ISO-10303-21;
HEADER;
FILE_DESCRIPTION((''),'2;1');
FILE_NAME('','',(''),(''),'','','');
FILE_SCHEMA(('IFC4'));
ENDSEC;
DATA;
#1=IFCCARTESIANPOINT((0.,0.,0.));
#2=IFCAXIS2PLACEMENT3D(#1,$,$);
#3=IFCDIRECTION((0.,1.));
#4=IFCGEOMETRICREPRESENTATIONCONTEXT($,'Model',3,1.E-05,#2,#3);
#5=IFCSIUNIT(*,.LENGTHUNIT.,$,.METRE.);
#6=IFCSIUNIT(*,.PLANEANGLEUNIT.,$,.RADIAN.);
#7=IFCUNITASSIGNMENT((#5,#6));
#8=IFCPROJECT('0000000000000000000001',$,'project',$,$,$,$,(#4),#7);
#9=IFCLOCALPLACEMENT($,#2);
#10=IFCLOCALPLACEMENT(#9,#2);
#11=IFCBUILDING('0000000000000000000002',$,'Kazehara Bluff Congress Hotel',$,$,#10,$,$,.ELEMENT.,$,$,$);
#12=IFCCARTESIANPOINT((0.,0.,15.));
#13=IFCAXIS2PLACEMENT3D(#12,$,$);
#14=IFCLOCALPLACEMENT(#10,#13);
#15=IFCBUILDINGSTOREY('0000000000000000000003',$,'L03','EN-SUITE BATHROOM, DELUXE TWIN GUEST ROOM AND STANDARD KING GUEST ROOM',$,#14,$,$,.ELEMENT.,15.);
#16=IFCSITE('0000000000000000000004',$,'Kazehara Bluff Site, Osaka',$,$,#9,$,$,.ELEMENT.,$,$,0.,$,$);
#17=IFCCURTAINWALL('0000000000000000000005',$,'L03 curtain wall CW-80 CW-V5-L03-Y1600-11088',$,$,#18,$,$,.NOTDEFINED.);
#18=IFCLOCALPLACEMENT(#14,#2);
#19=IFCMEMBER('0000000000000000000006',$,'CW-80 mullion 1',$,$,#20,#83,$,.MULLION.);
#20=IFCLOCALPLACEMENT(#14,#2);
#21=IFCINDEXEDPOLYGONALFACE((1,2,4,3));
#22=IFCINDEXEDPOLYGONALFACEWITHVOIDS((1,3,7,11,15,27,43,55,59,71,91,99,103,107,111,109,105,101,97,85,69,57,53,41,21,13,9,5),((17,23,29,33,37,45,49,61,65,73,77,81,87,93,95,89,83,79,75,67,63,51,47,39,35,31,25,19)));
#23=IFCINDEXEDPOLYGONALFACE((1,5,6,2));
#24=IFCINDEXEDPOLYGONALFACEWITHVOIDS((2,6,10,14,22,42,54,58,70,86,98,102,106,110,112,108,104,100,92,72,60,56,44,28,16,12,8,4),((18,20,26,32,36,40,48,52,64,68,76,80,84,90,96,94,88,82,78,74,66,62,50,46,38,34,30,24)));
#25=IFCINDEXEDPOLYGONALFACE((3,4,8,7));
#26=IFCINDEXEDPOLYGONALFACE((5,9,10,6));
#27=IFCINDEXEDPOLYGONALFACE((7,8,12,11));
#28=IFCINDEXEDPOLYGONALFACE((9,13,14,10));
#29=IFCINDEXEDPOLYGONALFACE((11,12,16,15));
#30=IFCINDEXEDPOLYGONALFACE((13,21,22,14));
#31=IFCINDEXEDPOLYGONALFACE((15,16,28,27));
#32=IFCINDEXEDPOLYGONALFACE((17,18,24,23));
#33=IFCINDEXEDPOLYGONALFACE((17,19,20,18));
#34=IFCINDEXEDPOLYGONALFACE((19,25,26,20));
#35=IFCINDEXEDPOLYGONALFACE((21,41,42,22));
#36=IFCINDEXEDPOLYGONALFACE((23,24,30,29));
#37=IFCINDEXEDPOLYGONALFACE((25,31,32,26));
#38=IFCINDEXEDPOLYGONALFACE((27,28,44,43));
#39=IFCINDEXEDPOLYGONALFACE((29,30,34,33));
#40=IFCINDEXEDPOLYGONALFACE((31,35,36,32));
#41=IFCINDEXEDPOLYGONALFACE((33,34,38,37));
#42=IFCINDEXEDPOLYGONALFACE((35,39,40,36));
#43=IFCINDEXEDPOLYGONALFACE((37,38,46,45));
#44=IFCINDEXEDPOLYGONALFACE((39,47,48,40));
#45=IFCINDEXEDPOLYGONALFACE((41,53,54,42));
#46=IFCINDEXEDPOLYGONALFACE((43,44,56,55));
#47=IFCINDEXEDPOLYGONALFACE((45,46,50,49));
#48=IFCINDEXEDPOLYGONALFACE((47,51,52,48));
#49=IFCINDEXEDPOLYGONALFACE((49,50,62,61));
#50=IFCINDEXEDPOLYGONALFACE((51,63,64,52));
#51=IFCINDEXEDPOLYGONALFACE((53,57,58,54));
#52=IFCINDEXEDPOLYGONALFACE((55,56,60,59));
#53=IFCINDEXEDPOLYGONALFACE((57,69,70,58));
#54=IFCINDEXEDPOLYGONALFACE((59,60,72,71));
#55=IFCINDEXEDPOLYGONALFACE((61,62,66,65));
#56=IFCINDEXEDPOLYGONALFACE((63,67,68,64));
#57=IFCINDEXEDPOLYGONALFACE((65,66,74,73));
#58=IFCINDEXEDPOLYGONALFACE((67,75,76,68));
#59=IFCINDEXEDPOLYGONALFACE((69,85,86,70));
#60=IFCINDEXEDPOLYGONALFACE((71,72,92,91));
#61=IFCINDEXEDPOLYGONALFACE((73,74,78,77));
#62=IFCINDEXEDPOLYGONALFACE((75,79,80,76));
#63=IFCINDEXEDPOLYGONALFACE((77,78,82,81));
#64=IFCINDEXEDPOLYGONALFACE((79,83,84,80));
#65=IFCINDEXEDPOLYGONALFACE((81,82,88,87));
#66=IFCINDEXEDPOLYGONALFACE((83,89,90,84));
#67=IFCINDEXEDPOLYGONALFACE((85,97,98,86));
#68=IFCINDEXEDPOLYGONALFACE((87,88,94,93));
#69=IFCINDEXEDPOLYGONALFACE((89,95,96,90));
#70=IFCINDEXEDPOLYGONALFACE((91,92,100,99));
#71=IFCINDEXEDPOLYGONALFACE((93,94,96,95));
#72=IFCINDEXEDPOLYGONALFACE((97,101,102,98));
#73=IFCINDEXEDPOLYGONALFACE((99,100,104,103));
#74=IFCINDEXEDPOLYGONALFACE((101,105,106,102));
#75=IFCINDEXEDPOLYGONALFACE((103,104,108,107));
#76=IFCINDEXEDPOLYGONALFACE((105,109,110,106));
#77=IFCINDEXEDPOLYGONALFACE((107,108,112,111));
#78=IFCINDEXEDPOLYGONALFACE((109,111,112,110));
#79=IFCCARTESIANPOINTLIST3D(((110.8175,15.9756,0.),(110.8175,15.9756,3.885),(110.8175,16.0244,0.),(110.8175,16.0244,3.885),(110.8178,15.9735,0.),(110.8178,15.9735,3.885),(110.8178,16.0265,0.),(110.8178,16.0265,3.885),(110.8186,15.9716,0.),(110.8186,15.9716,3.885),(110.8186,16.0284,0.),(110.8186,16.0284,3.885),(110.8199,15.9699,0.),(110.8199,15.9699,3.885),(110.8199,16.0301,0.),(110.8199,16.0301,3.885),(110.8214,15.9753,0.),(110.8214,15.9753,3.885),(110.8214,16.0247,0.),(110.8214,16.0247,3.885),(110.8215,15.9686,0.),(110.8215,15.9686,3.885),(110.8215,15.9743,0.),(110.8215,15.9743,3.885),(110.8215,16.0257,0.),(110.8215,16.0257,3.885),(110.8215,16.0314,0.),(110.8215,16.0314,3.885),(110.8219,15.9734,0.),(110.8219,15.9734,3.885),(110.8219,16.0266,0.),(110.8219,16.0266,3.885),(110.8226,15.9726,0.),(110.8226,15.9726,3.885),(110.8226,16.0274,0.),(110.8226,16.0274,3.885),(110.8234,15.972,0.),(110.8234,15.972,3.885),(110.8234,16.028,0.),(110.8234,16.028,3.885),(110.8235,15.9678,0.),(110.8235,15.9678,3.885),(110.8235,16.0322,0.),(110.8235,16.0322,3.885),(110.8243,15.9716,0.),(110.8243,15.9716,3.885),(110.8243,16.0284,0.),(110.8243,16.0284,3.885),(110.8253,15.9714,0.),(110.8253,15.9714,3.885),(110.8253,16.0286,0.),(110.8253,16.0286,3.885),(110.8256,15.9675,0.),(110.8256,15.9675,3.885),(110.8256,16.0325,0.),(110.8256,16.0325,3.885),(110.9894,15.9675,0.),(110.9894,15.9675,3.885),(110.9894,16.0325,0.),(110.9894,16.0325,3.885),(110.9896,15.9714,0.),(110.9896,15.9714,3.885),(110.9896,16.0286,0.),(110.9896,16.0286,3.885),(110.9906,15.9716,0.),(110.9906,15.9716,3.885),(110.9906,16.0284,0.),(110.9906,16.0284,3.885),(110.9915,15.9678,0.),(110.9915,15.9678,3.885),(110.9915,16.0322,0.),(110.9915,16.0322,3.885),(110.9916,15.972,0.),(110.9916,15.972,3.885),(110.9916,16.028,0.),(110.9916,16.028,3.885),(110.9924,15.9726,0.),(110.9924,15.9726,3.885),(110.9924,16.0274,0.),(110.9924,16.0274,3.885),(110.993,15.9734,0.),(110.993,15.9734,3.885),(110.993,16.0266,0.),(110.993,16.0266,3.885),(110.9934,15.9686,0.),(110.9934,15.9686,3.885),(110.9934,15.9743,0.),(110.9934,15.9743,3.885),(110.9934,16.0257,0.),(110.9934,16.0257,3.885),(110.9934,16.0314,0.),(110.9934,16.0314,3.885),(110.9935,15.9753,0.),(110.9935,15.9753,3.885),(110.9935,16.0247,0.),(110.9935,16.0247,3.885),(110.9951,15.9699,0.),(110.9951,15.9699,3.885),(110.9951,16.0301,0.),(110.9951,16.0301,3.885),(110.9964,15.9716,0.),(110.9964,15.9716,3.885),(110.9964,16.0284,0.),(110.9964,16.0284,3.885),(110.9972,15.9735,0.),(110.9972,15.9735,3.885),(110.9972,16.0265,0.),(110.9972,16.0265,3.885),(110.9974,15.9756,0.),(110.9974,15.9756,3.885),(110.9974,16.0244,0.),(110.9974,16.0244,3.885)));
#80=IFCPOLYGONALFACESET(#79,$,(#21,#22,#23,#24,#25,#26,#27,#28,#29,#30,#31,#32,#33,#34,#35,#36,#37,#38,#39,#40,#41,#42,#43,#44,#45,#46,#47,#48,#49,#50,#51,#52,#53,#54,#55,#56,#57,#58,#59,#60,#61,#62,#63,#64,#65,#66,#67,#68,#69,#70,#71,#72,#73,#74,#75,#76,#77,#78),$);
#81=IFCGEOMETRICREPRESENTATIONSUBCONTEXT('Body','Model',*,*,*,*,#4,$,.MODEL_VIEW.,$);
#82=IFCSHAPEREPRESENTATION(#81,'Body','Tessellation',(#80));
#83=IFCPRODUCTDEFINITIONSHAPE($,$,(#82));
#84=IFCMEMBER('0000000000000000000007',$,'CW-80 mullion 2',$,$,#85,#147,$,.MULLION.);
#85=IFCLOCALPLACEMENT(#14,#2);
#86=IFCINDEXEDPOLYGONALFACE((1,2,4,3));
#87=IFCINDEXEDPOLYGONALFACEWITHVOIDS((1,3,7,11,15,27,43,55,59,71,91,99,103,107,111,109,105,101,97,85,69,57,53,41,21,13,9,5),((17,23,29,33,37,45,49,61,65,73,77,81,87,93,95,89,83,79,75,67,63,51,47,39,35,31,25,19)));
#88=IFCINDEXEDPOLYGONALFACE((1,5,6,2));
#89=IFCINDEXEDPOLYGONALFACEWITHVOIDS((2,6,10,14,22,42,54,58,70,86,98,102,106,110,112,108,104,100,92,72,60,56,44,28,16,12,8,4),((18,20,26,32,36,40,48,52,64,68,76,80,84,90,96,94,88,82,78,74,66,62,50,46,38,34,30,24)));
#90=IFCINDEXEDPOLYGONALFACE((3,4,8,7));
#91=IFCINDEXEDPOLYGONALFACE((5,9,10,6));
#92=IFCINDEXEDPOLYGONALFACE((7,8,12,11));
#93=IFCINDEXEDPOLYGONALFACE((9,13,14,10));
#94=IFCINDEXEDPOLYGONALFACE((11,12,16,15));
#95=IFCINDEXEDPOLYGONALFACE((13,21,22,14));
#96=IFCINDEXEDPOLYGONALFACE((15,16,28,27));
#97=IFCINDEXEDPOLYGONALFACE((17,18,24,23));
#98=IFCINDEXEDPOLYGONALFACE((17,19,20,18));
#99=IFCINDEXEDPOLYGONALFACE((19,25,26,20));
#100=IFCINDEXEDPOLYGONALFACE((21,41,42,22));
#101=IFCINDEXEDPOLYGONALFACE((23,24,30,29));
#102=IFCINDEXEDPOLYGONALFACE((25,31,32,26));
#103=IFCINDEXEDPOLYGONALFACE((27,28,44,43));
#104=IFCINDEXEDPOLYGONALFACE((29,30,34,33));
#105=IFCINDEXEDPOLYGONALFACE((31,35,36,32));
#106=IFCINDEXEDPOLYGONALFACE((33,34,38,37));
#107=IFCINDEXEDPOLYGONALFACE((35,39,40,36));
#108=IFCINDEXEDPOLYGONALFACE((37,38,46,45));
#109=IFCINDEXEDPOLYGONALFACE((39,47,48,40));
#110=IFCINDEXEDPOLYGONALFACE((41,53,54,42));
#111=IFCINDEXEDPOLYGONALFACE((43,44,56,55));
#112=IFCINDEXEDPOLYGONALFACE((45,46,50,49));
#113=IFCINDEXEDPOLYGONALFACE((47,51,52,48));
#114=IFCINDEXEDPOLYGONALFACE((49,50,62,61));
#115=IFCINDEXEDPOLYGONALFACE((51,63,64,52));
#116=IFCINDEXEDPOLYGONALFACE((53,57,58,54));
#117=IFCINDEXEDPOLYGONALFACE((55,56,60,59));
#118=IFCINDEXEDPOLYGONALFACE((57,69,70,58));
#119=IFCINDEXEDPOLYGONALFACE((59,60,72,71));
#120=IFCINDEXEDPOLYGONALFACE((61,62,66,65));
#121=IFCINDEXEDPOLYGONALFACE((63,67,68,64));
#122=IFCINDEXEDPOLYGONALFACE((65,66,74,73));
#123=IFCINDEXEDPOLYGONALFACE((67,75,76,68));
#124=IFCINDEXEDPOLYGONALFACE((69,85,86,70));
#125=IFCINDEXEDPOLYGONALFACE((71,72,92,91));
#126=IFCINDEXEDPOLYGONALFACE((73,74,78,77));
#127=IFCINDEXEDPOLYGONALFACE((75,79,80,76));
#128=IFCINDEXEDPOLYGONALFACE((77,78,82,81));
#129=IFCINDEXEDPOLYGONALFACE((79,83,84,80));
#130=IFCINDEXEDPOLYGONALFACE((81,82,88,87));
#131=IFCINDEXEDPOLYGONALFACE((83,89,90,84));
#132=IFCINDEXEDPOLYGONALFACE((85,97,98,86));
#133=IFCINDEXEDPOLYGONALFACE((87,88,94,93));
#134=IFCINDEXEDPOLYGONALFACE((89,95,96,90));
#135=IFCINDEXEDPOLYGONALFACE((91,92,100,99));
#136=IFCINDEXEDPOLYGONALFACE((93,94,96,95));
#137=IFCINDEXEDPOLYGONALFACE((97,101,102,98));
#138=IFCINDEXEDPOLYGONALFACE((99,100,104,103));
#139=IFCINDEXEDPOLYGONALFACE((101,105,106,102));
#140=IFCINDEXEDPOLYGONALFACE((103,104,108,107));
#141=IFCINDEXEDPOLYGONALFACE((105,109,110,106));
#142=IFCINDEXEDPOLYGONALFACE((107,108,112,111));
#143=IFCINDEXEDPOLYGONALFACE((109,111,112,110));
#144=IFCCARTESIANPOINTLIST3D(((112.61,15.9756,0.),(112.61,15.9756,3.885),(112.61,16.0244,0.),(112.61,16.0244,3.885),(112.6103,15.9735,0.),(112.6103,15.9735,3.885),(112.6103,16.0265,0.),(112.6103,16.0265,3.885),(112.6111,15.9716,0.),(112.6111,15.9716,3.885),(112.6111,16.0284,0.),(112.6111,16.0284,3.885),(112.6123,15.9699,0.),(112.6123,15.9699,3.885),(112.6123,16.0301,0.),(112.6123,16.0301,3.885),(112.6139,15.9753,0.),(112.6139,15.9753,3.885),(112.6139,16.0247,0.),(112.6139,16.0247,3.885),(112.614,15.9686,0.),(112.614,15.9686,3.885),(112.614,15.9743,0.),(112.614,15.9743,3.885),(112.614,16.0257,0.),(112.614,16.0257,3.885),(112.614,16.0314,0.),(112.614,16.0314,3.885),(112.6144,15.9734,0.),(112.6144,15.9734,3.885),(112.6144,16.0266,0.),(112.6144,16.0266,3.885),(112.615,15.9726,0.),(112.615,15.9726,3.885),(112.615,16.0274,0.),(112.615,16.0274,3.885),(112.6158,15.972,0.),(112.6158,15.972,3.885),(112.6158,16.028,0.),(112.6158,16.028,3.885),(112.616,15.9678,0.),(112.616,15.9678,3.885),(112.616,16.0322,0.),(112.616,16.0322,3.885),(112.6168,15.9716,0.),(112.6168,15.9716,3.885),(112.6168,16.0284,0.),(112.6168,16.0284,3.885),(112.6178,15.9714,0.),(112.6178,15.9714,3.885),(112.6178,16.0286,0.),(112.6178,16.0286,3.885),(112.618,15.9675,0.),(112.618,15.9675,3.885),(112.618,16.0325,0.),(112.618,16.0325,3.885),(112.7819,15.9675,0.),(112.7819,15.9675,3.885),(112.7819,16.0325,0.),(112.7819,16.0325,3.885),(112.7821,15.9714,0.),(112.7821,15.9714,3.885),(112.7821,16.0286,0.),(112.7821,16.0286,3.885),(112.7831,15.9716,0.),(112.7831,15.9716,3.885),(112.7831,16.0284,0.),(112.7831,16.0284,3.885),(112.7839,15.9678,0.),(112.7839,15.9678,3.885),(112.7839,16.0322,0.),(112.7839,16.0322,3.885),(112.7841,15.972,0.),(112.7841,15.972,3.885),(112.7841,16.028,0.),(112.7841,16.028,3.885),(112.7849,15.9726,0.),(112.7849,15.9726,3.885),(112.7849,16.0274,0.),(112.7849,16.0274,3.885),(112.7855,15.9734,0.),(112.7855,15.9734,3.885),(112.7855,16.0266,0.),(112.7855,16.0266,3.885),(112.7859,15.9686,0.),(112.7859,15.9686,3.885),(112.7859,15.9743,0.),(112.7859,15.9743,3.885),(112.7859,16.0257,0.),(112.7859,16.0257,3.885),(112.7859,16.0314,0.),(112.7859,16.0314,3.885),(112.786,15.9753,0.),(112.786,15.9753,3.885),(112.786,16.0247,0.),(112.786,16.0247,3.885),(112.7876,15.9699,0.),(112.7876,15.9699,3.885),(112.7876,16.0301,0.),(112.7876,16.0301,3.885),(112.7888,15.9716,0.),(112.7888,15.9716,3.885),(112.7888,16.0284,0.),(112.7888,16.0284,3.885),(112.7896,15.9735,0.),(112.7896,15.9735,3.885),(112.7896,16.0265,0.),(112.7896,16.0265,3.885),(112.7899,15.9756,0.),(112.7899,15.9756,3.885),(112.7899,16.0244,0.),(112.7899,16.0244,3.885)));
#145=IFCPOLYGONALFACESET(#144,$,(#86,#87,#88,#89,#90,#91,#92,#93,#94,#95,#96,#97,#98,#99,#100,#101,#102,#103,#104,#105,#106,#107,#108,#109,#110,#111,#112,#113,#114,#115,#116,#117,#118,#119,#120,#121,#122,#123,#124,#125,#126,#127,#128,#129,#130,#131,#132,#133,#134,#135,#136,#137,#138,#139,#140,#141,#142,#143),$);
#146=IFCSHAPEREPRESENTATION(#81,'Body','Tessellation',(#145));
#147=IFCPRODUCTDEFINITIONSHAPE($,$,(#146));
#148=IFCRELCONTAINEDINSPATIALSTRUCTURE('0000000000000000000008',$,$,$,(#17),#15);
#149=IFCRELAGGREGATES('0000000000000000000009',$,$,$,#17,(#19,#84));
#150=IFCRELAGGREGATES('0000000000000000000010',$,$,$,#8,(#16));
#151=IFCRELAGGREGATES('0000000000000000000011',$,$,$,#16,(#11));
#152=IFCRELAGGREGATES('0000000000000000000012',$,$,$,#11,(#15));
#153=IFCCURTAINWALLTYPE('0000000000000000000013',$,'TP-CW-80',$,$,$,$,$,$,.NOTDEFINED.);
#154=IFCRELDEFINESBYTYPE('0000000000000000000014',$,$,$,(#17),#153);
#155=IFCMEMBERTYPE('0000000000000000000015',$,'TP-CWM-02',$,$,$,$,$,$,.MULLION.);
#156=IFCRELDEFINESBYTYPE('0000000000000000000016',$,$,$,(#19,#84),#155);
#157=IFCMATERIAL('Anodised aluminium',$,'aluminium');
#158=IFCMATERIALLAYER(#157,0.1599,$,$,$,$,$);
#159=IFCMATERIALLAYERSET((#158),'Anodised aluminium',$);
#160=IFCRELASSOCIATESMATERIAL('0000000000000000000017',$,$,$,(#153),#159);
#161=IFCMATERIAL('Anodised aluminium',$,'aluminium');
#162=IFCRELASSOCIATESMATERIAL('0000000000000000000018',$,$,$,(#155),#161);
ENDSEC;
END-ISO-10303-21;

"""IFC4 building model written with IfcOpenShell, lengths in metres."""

from ifc_helpers import new_model, si_unit, direction, frame, origin, origin_2d, place, context, subcontext, project, spatial, hollow_rectangle, extrude, material, layer, layer_set, material_profile, profile_set, type_object, element, aggregate, save


model = new_model("IFC4")

# Units and contexts
model_context = context("Model", 3, precision=1e-05, world=origin(), true_north=direction((0.0, 1.0)))
body_context = subcontext(model_context, "Body", "Model", "MODEL_VIEW")
ifc_project = project(units=[si_unit("LENGTHUNIT", "METRE"), si_unit("PLANEANGLEUNIT", "RADIAN")], contexts=[model_context])

# Site, building, storey
site_placement = place(None, origin())
site = spatial("IfcSite", under=ifc_project, at=site_placement, Name="Kazehara Bluff Site, Osaka", CompositionType="ELEMENT", RefElevation=0.0)
building_placement = place(site_placement, origin())
building = spatial("IfcBuilding", under=site, at=building_placement, Name="Kazehara Bluff Congress Hotel", CompositionType="ELEMENT")
storey_placement = place(building_placement, frame((0.0, 0.0, 15.0)))
storey = spatial("IfcBuildingStorey", under=building, at=storey_placement, Name="L03", Description="EN-SUITE BATHROOM, DELUXE TWIN GUEST ROOM AND STANDARD KING GUEST ROOM", CompositionType="ELEMENT", Elevation=15.0)

# Curtain wall, members
ifc_material_1 = material(Name="Anodised aluminium", Category="aluminium")
ifc_layer_1 = layer(ifc_material_1, 0.1599)
ifc_layer_set_1 = layer_set([ifc_layer_1], Name="Anodised aluminium")
curtain_wall_type = type_object("IfcCurtainWallType", Name="TP-CW-80", PredefinedType="NOTDEFINED", material=ifc_layer_set_1)
curtain_wall_placement = place(storey_placement, origin())
curtain_wall = element("IfcCurtainWall", 1, at=curtain_wall_placement, inside=storey, type_object=curtain_wall_type, Name="L03 curtain wall CW-80 CW-V5-L03-Y1600-11088", PredefinedType="NOTDEFINED")
ifc_material_2 = material(Name="Anodised aluminium", Category="aluminium")
ifc_material_profile_1 = material_profile(ifc_material_2, hollow_rectangle(XDim=0.0649, YDim=0.1799, WallThickness=0.0039, InnerFilletRadius=0.0039, OuterFilletRadius=0.0081, at=origin_2d()))
ifc_profile_set_1 = profile_set([ifc_material_profile_1], Name="Anodised aluminium")
member_type_1 = type_object("IfcMemberType", Name="TP-CWM-02", PredefinedType="MULLION", material=ifc_profile_set_1)
member_1_placement = place(storey_placement, frame((110.9075, 16.0, 0.0), z_axis=(0.0, 0.0, 1.0), x_axis=(0.0, 1.0, 0.0)))
member_1 = element("IfcMember", 2, at=member_1_placement, type_object=member_type_1, Name="CW-80 mullion 1", PredefinedType="MULLION", context=body_context, shape_type="SweptSolid", body=[
    extrude(hollow_rectangle(XDim=0.0649, YDim=0.1799, WallThickness=0.0039, InnerFilletRadius=0.0039, OuterFilletRadius=0.0081, at=origin_2d()), origin(), (0.0, 0.0, 1.0), 3.885),
])
member_2_placement = place(storey_placement, frame((112.7, 16.0, 0.0), z_axis=(0.0, 0.0, 1.0), x_axis=(0.0, 1.0, 0.0)))
member_2 = element("IfcMember", 3, at=member_2_placement, type_object=member_type_1, Name="CW-80 mullion 2", PredefinedType="MULLION", context=body_context, shape_type="SweptSolid", body=[
    extrude(hollow_rectangle(XDim=0.0649, YDim=0.1799, WallThickness=0.0039, InnerFilletRadius=0.0039, OuterFilletRadius=0.0081, at=origin_2d()), origin(), (0.0, 0.0, 1.0), 3.885),
])

aggregate(curtain_wall, [member_1, member_2])

save(model, "model.ifc")
